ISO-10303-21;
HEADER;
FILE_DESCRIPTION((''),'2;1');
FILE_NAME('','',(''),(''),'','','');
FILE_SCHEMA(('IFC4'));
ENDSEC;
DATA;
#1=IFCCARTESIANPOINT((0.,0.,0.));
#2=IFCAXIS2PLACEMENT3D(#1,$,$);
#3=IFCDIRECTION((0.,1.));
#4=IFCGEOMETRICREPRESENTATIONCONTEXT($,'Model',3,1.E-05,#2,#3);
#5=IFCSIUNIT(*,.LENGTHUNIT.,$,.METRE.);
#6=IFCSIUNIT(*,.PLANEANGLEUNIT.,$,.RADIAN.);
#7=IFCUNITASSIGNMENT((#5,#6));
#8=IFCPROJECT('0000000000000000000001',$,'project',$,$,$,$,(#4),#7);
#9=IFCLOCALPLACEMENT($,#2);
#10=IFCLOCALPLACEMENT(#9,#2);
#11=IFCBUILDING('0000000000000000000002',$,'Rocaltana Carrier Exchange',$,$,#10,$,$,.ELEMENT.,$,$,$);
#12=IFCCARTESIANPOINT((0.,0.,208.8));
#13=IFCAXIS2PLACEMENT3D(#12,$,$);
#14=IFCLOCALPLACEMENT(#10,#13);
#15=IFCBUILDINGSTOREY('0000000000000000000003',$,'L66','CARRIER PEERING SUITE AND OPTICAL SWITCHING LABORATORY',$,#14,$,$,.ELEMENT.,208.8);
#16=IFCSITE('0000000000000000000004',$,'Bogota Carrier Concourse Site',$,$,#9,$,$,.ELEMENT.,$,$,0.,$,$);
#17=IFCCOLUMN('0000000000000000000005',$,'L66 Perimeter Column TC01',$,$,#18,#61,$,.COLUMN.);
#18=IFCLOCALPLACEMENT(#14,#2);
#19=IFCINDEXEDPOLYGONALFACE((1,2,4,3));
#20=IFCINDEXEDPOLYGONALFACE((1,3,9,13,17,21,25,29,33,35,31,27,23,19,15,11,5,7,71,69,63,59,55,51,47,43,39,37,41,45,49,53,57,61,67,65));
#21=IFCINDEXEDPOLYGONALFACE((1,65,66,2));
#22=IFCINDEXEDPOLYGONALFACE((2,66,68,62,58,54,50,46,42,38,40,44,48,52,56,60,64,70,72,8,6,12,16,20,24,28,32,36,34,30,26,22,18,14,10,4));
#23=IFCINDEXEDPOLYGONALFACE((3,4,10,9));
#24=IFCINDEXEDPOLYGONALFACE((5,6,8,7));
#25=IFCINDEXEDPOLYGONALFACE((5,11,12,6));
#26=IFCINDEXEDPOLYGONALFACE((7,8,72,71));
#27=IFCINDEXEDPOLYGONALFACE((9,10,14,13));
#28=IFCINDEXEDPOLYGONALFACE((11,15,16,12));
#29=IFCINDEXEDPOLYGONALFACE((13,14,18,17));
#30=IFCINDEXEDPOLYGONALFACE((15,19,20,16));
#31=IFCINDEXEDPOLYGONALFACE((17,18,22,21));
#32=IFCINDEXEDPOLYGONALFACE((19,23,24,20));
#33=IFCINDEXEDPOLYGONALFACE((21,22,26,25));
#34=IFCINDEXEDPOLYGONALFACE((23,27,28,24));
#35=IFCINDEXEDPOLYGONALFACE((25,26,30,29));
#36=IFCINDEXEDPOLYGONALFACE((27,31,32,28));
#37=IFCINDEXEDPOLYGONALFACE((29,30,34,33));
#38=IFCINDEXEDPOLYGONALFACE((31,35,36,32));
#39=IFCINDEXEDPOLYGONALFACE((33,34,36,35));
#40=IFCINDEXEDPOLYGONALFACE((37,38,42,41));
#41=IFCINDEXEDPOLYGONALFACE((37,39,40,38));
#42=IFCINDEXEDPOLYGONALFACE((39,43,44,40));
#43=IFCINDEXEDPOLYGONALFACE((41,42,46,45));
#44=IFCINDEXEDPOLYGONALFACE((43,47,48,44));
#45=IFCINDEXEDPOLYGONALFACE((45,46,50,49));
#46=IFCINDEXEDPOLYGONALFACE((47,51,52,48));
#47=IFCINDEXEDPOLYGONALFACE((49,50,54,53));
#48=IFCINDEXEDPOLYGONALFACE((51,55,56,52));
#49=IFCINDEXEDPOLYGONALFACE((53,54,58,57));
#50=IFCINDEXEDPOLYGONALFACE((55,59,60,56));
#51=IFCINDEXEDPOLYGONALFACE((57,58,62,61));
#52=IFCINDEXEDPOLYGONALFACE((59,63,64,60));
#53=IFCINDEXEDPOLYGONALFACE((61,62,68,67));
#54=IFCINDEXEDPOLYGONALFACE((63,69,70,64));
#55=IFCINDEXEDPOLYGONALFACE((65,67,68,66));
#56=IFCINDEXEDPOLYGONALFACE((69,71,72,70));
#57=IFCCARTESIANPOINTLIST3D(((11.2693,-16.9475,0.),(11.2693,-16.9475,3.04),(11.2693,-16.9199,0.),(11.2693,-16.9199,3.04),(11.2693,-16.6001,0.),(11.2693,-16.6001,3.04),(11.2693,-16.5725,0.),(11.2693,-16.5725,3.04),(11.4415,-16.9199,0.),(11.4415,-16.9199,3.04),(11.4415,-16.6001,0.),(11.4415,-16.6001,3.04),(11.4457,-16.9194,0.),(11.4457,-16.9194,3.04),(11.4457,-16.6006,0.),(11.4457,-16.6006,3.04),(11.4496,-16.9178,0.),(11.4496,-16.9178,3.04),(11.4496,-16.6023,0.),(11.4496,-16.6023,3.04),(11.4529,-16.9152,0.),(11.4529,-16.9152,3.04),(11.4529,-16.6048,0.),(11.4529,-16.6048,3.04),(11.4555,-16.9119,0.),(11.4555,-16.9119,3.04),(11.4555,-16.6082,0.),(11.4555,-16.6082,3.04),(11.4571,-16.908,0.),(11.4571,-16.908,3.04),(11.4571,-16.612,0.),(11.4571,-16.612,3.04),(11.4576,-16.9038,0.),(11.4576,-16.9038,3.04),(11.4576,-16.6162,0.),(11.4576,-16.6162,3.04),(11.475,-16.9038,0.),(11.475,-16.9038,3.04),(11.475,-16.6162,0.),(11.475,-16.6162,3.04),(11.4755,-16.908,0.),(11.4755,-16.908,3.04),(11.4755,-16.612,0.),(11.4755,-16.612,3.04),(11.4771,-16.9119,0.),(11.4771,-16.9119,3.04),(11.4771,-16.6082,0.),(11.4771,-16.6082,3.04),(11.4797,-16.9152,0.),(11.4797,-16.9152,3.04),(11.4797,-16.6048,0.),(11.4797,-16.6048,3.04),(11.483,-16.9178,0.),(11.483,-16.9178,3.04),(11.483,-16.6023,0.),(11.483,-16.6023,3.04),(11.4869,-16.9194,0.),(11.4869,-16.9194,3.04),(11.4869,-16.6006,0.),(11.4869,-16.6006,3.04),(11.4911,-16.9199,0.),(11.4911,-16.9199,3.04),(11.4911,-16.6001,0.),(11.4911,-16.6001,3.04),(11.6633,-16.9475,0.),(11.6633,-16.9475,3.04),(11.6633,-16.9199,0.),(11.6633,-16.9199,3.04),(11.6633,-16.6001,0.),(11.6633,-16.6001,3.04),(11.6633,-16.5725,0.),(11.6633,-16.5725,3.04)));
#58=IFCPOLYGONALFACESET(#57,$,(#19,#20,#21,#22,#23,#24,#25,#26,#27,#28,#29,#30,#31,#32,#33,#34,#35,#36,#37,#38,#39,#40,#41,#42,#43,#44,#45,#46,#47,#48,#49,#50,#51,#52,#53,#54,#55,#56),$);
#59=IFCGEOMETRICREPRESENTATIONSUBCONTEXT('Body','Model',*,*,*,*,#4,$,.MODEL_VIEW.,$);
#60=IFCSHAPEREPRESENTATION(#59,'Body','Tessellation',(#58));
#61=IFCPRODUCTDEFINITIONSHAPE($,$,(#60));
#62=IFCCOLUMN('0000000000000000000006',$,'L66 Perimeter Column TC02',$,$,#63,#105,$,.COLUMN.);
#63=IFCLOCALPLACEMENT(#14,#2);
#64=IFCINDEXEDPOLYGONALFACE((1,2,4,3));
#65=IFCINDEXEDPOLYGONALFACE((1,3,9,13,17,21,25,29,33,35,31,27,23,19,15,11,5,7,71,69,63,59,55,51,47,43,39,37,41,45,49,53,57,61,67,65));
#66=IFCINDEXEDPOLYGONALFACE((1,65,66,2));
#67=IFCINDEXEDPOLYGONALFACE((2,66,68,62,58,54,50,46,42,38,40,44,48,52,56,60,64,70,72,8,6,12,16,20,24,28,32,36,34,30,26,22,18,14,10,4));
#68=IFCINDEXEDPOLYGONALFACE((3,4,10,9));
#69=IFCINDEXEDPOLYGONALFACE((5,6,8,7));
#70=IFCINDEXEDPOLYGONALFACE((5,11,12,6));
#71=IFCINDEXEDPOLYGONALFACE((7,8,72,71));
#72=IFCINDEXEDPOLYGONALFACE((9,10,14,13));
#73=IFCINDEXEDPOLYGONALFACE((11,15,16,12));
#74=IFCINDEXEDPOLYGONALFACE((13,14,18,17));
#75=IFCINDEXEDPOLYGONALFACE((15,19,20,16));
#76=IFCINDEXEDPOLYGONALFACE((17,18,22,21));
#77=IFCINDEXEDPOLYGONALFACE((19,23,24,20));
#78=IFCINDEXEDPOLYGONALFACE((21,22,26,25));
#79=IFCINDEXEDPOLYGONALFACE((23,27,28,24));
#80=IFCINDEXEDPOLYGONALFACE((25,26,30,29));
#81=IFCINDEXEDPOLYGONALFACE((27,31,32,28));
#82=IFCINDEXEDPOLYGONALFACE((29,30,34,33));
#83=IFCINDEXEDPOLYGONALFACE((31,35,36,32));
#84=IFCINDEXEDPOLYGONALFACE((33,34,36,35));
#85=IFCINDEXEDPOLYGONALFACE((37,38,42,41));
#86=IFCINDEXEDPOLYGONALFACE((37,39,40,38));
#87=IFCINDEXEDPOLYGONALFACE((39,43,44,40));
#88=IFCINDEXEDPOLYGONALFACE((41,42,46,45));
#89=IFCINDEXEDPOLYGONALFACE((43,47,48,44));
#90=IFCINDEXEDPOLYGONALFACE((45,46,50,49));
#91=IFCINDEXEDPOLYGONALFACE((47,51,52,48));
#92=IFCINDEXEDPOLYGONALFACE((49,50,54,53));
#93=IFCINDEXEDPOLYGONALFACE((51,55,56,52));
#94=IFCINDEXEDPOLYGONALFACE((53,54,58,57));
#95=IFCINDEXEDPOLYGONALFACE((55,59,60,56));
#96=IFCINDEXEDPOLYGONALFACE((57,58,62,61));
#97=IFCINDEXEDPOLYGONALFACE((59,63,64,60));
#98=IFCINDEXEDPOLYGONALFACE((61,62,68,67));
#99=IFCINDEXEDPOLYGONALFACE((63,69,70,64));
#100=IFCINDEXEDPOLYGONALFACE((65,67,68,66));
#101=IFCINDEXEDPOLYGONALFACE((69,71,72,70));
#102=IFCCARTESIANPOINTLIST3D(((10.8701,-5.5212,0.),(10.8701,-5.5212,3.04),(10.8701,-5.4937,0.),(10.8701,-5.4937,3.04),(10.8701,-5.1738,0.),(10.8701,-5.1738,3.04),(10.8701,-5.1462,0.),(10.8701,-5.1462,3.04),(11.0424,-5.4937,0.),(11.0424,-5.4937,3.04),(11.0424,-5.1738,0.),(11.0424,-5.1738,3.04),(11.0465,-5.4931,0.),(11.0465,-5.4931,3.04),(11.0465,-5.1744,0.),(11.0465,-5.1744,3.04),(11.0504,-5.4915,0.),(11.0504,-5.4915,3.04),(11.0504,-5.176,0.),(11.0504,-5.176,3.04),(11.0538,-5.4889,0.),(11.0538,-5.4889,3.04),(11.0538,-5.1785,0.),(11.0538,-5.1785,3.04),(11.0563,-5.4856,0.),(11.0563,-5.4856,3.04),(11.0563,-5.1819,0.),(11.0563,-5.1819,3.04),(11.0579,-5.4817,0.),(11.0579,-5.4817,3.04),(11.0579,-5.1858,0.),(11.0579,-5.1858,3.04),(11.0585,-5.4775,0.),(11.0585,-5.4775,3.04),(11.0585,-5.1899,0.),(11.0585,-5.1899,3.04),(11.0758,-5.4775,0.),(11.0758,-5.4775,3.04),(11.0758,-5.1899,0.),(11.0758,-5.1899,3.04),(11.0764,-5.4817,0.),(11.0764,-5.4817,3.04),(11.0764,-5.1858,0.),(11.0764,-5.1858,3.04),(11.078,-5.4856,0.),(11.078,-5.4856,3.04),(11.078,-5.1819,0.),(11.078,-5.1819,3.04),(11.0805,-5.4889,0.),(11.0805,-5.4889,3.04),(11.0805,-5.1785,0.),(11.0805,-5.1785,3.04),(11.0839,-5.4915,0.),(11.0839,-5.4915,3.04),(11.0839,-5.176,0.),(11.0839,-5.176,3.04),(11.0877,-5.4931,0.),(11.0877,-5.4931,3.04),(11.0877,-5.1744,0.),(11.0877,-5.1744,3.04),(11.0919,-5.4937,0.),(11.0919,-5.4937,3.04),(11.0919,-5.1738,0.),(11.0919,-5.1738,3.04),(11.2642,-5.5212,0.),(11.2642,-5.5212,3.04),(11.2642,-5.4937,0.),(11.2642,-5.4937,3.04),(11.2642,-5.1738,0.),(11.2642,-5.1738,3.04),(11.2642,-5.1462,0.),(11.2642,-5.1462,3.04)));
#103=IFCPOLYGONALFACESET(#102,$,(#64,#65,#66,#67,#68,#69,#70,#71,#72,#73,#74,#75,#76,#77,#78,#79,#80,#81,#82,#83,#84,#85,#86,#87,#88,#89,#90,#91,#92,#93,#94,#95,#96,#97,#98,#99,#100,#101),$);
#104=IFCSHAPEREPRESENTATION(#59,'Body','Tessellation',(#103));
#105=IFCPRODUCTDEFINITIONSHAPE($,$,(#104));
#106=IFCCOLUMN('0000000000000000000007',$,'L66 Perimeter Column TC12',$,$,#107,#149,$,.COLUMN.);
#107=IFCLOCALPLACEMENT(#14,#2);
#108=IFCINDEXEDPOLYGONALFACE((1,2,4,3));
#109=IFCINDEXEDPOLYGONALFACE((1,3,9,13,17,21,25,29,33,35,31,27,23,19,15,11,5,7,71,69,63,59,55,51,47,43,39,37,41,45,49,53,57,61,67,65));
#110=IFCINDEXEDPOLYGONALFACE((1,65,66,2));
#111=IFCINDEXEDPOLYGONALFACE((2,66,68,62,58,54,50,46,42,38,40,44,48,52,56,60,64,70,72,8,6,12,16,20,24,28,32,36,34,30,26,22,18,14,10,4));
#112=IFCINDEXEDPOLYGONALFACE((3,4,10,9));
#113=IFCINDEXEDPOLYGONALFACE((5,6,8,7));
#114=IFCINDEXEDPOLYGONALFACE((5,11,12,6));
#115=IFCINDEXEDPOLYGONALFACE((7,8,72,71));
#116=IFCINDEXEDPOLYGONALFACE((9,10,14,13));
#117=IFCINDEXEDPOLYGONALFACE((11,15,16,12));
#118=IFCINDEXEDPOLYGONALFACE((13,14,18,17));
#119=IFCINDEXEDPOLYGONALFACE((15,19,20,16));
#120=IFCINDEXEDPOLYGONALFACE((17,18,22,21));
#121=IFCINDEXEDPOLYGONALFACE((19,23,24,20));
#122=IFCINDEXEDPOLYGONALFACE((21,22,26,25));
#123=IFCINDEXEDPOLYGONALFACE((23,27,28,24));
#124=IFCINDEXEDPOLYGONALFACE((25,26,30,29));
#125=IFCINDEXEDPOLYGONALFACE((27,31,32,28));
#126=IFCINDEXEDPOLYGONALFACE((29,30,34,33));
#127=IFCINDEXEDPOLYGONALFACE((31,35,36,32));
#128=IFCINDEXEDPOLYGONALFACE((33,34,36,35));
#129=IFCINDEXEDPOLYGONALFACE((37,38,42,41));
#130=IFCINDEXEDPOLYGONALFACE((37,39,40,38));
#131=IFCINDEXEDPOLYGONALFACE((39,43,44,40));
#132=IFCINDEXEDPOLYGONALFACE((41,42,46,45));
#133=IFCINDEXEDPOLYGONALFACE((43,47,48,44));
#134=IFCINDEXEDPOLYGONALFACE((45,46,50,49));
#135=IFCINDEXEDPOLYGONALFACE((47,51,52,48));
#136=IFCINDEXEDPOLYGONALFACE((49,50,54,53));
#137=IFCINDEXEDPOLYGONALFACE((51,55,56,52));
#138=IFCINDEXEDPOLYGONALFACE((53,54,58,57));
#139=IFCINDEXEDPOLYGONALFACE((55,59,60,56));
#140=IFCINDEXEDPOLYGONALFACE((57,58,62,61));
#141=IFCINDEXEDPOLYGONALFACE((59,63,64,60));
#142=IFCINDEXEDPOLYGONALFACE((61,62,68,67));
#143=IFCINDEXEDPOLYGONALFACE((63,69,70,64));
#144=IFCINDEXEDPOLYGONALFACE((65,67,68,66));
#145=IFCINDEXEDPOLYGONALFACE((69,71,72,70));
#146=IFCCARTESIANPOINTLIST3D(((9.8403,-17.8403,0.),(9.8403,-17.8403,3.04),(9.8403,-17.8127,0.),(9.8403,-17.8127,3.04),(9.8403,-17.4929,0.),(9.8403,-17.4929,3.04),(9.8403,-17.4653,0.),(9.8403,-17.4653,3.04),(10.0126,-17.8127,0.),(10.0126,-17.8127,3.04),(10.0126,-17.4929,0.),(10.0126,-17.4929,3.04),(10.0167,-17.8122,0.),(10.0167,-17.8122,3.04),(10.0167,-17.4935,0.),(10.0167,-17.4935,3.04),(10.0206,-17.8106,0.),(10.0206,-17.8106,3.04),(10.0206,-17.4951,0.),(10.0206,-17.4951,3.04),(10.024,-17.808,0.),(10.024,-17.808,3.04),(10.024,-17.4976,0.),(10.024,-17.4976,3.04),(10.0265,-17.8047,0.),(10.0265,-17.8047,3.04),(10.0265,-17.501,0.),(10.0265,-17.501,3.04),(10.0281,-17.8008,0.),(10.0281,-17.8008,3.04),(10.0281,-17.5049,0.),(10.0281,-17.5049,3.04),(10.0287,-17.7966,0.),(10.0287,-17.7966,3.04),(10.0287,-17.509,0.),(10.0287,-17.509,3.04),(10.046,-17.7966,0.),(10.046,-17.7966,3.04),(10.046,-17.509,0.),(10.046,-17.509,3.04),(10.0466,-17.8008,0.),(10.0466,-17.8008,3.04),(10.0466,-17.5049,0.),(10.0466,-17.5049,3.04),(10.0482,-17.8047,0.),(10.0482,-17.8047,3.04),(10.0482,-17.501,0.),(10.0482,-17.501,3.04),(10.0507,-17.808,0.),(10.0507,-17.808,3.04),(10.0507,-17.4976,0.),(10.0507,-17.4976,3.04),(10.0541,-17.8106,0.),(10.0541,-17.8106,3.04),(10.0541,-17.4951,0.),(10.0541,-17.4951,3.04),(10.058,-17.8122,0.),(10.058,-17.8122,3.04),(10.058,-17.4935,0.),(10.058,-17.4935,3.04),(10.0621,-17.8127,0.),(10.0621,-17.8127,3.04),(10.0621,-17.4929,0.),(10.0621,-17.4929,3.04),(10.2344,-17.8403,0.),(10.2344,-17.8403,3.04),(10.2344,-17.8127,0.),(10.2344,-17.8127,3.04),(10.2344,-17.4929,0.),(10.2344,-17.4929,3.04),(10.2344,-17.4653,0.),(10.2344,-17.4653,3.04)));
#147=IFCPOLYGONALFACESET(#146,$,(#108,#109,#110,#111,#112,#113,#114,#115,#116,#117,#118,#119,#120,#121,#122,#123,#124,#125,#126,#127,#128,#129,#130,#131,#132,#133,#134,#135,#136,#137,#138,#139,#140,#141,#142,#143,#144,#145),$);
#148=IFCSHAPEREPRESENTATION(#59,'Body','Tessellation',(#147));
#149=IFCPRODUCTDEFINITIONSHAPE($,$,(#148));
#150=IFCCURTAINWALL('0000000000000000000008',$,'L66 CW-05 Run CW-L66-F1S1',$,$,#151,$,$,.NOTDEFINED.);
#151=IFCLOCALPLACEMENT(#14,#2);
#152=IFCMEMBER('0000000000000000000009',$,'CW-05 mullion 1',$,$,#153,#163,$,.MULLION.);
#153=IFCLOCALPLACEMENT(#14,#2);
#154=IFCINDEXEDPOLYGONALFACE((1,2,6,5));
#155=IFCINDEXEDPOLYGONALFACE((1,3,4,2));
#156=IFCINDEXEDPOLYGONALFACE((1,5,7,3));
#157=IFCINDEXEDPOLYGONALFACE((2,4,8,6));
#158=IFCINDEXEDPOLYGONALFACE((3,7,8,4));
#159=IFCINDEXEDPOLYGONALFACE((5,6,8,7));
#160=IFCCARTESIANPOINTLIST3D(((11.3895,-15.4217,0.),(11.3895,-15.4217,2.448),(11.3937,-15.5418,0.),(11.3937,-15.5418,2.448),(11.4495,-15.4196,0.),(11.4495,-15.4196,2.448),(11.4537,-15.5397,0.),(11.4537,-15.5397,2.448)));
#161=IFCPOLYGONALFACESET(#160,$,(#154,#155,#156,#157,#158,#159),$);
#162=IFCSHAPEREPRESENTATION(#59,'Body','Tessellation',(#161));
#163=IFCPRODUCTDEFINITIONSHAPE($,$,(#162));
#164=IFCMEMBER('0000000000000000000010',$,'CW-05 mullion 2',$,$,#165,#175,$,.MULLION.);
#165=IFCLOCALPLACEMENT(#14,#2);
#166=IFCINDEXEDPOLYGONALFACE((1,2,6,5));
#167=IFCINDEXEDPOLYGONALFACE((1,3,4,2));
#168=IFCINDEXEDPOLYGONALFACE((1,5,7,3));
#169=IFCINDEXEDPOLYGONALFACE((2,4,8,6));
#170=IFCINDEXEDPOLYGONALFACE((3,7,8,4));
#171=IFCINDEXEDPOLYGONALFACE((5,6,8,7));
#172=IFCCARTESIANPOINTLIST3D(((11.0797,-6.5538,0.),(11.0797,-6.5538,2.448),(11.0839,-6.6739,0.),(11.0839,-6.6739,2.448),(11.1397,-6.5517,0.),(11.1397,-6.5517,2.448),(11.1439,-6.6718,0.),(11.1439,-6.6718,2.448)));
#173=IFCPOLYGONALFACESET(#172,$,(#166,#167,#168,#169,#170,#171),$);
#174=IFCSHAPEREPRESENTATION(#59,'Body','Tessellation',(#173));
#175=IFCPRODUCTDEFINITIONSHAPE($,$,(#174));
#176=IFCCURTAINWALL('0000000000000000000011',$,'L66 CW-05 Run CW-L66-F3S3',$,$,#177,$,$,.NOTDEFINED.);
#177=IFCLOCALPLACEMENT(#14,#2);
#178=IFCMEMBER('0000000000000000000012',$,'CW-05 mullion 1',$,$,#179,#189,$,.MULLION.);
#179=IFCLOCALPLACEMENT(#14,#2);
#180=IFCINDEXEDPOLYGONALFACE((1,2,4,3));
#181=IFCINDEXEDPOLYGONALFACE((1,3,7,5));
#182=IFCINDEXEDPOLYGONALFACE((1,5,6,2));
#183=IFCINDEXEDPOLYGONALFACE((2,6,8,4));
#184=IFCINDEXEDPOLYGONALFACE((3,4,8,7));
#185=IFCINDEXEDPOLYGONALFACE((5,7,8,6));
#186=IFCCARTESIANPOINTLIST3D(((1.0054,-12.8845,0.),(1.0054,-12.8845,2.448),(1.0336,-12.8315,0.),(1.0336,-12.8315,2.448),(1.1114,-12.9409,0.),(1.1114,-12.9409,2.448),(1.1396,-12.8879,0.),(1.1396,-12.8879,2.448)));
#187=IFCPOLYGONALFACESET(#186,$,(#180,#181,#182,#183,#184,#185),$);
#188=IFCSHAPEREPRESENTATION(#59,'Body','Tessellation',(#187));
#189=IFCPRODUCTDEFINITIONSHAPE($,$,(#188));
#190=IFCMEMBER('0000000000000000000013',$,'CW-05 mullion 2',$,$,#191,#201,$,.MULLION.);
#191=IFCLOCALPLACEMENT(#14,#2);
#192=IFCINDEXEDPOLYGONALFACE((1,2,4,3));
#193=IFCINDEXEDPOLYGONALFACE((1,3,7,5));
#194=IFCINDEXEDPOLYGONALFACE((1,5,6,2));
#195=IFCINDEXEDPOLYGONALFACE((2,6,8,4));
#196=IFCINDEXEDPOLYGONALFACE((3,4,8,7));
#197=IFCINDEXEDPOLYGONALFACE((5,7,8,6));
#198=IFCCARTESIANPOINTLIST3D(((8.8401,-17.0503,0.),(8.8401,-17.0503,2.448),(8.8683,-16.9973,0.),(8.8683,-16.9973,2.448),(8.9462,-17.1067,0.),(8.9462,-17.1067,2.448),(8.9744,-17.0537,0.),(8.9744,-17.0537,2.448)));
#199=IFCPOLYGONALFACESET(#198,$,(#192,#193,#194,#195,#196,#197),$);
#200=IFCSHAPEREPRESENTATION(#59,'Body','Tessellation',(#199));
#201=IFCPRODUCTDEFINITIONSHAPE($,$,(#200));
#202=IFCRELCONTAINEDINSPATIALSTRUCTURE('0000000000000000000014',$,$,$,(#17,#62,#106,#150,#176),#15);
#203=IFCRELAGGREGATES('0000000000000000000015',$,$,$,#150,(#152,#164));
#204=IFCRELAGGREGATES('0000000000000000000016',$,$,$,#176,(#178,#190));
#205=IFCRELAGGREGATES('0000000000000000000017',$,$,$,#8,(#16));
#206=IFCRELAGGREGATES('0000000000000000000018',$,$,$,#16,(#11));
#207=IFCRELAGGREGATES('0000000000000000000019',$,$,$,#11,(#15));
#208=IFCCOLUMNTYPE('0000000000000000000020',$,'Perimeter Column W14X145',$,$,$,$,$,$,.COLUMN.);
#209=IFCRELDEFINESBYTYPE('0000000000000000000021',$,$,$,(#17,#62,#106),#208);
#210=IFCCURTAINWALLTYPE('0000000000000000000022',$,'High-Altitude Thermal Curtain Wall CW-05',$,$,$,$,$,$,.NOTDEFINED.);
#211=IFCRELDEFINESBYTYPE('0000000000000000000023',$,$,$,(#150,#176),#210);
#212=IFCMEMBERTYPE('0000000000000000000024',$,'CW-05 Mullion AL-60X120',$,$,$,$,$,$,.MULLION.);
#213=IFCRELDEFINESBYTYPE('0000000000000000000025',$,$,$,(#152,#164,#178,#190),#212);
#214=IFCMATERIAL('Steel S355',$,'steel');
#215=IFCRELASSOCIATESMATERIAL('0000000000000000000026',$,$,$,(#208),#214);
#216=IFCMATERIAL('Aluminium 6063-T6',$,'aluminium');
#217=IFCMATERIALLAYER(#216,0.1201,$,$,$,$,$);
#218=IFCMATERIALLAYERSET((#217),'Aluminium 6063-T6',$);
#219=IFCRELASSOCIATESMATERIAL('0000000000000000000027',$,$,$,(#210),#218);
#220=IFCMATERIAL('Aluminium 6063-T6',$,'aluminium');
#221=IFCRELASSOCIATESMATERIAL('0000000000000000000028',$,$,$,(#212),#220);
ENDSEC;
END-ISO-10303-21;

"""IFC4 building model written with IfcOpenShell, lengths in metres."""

from ifc_helpers import new_model, si_unit, direction, frame, origin, origin_2d, place, context, subcontext, project, spatial, rectangle, i_section, extrude, material, layer, layer_set, material_profile, profile_set, type_object, element, aggregate, save


model = new_model("IFC4")

# Units and contexts
model_context = context("Model", 3, precision=1e-05, world=origin(), true_north=direction((0.0, 1.0)))
body_context = subcontext(model_context, "Body", "Model", "MODEL_VIEW")
ifc_project = project(units=[si_unit("LENGTHUNIT", "METRE"), si_unit("PLANEANGLEUNIT", "RADIAN")], contexts=[model_context])

# Site, building, storey
site_placement = place(None, origin())
site = spatial("IfcSite", under=ifc_project, at=site_placement, Name="Bogota Carrier Concourse Site", CompositionType="ELEMENT", RefElevation=0.0)
building_placement = place(site_placement, origin())
building = spatial("IfcBuilding", under=site, at=building_placement, Name="Rocaltana Carrier Exchange", CompositionType="ELEMENT")
storey_placement = place(building_placement, frame((0.0, 0.0, 208.8)))
storey = spatial("IfcBuildingStorey", under=building, at=storey_placement, Name="L66", Description="CARRIER PEERING SUITE AND OPTICAL SWITCHING LABORATORY", CompositionType="ELEMENT", Elevation=208.8)

# Columns
ifc_material_1 = material(Name="Steel S355", Category="steel")
ifc_material_profile_1 = material_profile(ifc_material_1, i_section(OverallWidth=0.394, OverallDepth=0.375, WebThickness=0.0173, FlangeThickness=0.0276, FilletRadius=0.0161, at=origin_2d()), Name="W14X145")
ifc_profile_set_1 = profile_set([ifc_material_profile_1], Name="Steel S355")
column_type = type_object("IfcColumnType", Name="Perimeter Column W14X145", PredefinedType="COLUMN", material=ifc_profile_set_1)
for number, where, z_axis, x_axis, name in (
    (1, (11.4663, -16.76, 0.0), (0.0, 0.0, 1.0), (1.0, 0.0, 0.0), "L66 Perimeter Column TC01"),
    (2, (11.0671, -5.3337, 0.0), (0.0, 0.0, 1.0), (1.0, 0.0, 0.0), "L66 Perimeter Column TC02"),
    (3, (10.0374, -17.6528, 0.0), (0.0, 0.0, 1.0), (1.0, 0.0, 0.0), "L66 Perimeter Column TC12"),
):
    element("IfcColumn", number, at=place(storey_placement, frame(where, z_axis=z_axis, x_axis=x_axis)), inside=storey, type_object=column_type, Name=name, PredefinedType="COLUMN", context=body_context, shape_type="SweptSolid", body=[
        extrude(i_section(OverallWidth=0.394, OverallDepth=0.375, WebThickness=0.0173, FlangeThickness=0.0276, FilletRadius=0.0161, at=origin_2d()), origin(), (0.0, 0.0, 1.0), 3.04),
    ])

# Curtain walls, members
ifc_material_2 = material(Name="Aluminium 6063-T6", Category="aluminium")
ifc_layer_1 = layer(ifc_material_2, 0.1201)
ifc_layer_set_1 = layer_set([ifc_layer_1], Name="Aluminium 6063-T6")
curtain_wall_type = type_object("IfcCurtainWallType", Name="High-Altitude Thermal Curtain Wall CW-05", PredefinedType="NOTDEFINED", material=ifc_layer_set_1)
curtain_wall_1_placement = place(storey_placement, origin())
curtain_wall_1 = element("IfcCurtainWall", 4, at=curtain_wall_1_placement, inside=storey, type_object=curtain_wall_type, Name="L66 CW-05 Run CW-L66-F1S1", PredefinedType="NOTDEFINED")
ifc_material_3 = material(Name="Aluminium 6063-T6", Category="aluminium")
ifc_material_profile_2 = material_profile(ifc_material_3, rectangle(XDim=0.0601, YDim=0.1201, at=origin_2d()), Name="AL-60X120")
ifc_profile_set_2 = profile_set([ifc_material_profile_2], Name="Aluminium 6063-T6")
member_type_1 = type_object("IfcMemberType", Name="CW-05 Mullion AL-60X120", PredefinedType="MULLION", material=ifc_profile_set_2)
member_1_placement = place(storey_placement, frame((11.4216, -15.4807, 0.0), z_axis=(0.0, 0.0, 1.0), x_axis=(-0.99939, -0.034914, 0.0)))
member_1 = element("IfcMember", 5, at=member_1_placement, type_object=member_type_1, Name="CW-05 mullion 1", PredefinedType="MULLION", context=body_context, shape_type="SweptSolid", body=[
    extrude(rectangle(XDim=0.0601, YDim=0.1201, at=origin_2d()), origin(), (0.0, 0.0, 1.0), 2.448),
])
member_2_placement = place(storey_placement, frame((11.1118, -6.6128, 0.0), z_axis=(0.0, 0.0, 1.0), x_axis=(-0.99939, -0.034914, 0.0)))
member_2 = element("IfcMember", 6, at=member_2_placement, type_object=member_type_1, Name="CW-05 mullion 2", PredefinedType="MULLION", context=body_context, shape_type="SweptSolid", body=[
    extrude(rectangle(XDim=0.0601, YDim=0.1201, at=origin_2d()), origin(), (0.0, 0.0, 1.0), 2.448),
])
curtain_wall_2_placement = place(storey_placement, origin())
curtain_wall_2 = element("IfcCurtainWall", 7, at=curtain_wall_2_placement, inside=storey, type_object=curtain_wall_type, Name="L66 CW-05 Run CW-L66-F3S3", PredefinedType="NOTDEFINED")
member_3_placement = place(storey_placement, frame((1.0725, -12.8862, 0.0), z_axis=(0.0, 0.0, 1.0), x_axis=(0.469475, 0.882946, 0.0)))
member_3 = element("IfcMember", 8, at=member_3_placement, type_object=member_type_1, Name="CW-05 mullion 1", PredefinedType="MULLION", context=body_context, shape_type="SweptSolid", body=[
    extrude(rectangle(XDim=0.0601, YDim=0.1201, at=origin_2d()), origin(), (0.0, 0.0, 1.0), 2.448),
])
member_4_placement = place(storey_placement, frame((8.9072, -17.052, 0.0), z_axis=(0.0, 0.0, 1.0), x_axis=(0.469475, 0.882946, 0.0)))
member_4 = element("IfcMember", 9, at=member_4_placement, type_object=member_type_1, Name="CW-05 mullion 2", PredefinedType="MULLION", context=body_context, shape_type="SweptSolid", body=[
    extrude(rectangle(XDim=0.0601, YDim=0.1201, at=origin_2d()), origin(), (0.0, 0.0, 1.0), 2.448),
])

aggregate(curtain_wall_1, [member_1, member_2])
aggregate(curtain_wall_2, [member_3, member_4])

save(model, "model.ifc")
